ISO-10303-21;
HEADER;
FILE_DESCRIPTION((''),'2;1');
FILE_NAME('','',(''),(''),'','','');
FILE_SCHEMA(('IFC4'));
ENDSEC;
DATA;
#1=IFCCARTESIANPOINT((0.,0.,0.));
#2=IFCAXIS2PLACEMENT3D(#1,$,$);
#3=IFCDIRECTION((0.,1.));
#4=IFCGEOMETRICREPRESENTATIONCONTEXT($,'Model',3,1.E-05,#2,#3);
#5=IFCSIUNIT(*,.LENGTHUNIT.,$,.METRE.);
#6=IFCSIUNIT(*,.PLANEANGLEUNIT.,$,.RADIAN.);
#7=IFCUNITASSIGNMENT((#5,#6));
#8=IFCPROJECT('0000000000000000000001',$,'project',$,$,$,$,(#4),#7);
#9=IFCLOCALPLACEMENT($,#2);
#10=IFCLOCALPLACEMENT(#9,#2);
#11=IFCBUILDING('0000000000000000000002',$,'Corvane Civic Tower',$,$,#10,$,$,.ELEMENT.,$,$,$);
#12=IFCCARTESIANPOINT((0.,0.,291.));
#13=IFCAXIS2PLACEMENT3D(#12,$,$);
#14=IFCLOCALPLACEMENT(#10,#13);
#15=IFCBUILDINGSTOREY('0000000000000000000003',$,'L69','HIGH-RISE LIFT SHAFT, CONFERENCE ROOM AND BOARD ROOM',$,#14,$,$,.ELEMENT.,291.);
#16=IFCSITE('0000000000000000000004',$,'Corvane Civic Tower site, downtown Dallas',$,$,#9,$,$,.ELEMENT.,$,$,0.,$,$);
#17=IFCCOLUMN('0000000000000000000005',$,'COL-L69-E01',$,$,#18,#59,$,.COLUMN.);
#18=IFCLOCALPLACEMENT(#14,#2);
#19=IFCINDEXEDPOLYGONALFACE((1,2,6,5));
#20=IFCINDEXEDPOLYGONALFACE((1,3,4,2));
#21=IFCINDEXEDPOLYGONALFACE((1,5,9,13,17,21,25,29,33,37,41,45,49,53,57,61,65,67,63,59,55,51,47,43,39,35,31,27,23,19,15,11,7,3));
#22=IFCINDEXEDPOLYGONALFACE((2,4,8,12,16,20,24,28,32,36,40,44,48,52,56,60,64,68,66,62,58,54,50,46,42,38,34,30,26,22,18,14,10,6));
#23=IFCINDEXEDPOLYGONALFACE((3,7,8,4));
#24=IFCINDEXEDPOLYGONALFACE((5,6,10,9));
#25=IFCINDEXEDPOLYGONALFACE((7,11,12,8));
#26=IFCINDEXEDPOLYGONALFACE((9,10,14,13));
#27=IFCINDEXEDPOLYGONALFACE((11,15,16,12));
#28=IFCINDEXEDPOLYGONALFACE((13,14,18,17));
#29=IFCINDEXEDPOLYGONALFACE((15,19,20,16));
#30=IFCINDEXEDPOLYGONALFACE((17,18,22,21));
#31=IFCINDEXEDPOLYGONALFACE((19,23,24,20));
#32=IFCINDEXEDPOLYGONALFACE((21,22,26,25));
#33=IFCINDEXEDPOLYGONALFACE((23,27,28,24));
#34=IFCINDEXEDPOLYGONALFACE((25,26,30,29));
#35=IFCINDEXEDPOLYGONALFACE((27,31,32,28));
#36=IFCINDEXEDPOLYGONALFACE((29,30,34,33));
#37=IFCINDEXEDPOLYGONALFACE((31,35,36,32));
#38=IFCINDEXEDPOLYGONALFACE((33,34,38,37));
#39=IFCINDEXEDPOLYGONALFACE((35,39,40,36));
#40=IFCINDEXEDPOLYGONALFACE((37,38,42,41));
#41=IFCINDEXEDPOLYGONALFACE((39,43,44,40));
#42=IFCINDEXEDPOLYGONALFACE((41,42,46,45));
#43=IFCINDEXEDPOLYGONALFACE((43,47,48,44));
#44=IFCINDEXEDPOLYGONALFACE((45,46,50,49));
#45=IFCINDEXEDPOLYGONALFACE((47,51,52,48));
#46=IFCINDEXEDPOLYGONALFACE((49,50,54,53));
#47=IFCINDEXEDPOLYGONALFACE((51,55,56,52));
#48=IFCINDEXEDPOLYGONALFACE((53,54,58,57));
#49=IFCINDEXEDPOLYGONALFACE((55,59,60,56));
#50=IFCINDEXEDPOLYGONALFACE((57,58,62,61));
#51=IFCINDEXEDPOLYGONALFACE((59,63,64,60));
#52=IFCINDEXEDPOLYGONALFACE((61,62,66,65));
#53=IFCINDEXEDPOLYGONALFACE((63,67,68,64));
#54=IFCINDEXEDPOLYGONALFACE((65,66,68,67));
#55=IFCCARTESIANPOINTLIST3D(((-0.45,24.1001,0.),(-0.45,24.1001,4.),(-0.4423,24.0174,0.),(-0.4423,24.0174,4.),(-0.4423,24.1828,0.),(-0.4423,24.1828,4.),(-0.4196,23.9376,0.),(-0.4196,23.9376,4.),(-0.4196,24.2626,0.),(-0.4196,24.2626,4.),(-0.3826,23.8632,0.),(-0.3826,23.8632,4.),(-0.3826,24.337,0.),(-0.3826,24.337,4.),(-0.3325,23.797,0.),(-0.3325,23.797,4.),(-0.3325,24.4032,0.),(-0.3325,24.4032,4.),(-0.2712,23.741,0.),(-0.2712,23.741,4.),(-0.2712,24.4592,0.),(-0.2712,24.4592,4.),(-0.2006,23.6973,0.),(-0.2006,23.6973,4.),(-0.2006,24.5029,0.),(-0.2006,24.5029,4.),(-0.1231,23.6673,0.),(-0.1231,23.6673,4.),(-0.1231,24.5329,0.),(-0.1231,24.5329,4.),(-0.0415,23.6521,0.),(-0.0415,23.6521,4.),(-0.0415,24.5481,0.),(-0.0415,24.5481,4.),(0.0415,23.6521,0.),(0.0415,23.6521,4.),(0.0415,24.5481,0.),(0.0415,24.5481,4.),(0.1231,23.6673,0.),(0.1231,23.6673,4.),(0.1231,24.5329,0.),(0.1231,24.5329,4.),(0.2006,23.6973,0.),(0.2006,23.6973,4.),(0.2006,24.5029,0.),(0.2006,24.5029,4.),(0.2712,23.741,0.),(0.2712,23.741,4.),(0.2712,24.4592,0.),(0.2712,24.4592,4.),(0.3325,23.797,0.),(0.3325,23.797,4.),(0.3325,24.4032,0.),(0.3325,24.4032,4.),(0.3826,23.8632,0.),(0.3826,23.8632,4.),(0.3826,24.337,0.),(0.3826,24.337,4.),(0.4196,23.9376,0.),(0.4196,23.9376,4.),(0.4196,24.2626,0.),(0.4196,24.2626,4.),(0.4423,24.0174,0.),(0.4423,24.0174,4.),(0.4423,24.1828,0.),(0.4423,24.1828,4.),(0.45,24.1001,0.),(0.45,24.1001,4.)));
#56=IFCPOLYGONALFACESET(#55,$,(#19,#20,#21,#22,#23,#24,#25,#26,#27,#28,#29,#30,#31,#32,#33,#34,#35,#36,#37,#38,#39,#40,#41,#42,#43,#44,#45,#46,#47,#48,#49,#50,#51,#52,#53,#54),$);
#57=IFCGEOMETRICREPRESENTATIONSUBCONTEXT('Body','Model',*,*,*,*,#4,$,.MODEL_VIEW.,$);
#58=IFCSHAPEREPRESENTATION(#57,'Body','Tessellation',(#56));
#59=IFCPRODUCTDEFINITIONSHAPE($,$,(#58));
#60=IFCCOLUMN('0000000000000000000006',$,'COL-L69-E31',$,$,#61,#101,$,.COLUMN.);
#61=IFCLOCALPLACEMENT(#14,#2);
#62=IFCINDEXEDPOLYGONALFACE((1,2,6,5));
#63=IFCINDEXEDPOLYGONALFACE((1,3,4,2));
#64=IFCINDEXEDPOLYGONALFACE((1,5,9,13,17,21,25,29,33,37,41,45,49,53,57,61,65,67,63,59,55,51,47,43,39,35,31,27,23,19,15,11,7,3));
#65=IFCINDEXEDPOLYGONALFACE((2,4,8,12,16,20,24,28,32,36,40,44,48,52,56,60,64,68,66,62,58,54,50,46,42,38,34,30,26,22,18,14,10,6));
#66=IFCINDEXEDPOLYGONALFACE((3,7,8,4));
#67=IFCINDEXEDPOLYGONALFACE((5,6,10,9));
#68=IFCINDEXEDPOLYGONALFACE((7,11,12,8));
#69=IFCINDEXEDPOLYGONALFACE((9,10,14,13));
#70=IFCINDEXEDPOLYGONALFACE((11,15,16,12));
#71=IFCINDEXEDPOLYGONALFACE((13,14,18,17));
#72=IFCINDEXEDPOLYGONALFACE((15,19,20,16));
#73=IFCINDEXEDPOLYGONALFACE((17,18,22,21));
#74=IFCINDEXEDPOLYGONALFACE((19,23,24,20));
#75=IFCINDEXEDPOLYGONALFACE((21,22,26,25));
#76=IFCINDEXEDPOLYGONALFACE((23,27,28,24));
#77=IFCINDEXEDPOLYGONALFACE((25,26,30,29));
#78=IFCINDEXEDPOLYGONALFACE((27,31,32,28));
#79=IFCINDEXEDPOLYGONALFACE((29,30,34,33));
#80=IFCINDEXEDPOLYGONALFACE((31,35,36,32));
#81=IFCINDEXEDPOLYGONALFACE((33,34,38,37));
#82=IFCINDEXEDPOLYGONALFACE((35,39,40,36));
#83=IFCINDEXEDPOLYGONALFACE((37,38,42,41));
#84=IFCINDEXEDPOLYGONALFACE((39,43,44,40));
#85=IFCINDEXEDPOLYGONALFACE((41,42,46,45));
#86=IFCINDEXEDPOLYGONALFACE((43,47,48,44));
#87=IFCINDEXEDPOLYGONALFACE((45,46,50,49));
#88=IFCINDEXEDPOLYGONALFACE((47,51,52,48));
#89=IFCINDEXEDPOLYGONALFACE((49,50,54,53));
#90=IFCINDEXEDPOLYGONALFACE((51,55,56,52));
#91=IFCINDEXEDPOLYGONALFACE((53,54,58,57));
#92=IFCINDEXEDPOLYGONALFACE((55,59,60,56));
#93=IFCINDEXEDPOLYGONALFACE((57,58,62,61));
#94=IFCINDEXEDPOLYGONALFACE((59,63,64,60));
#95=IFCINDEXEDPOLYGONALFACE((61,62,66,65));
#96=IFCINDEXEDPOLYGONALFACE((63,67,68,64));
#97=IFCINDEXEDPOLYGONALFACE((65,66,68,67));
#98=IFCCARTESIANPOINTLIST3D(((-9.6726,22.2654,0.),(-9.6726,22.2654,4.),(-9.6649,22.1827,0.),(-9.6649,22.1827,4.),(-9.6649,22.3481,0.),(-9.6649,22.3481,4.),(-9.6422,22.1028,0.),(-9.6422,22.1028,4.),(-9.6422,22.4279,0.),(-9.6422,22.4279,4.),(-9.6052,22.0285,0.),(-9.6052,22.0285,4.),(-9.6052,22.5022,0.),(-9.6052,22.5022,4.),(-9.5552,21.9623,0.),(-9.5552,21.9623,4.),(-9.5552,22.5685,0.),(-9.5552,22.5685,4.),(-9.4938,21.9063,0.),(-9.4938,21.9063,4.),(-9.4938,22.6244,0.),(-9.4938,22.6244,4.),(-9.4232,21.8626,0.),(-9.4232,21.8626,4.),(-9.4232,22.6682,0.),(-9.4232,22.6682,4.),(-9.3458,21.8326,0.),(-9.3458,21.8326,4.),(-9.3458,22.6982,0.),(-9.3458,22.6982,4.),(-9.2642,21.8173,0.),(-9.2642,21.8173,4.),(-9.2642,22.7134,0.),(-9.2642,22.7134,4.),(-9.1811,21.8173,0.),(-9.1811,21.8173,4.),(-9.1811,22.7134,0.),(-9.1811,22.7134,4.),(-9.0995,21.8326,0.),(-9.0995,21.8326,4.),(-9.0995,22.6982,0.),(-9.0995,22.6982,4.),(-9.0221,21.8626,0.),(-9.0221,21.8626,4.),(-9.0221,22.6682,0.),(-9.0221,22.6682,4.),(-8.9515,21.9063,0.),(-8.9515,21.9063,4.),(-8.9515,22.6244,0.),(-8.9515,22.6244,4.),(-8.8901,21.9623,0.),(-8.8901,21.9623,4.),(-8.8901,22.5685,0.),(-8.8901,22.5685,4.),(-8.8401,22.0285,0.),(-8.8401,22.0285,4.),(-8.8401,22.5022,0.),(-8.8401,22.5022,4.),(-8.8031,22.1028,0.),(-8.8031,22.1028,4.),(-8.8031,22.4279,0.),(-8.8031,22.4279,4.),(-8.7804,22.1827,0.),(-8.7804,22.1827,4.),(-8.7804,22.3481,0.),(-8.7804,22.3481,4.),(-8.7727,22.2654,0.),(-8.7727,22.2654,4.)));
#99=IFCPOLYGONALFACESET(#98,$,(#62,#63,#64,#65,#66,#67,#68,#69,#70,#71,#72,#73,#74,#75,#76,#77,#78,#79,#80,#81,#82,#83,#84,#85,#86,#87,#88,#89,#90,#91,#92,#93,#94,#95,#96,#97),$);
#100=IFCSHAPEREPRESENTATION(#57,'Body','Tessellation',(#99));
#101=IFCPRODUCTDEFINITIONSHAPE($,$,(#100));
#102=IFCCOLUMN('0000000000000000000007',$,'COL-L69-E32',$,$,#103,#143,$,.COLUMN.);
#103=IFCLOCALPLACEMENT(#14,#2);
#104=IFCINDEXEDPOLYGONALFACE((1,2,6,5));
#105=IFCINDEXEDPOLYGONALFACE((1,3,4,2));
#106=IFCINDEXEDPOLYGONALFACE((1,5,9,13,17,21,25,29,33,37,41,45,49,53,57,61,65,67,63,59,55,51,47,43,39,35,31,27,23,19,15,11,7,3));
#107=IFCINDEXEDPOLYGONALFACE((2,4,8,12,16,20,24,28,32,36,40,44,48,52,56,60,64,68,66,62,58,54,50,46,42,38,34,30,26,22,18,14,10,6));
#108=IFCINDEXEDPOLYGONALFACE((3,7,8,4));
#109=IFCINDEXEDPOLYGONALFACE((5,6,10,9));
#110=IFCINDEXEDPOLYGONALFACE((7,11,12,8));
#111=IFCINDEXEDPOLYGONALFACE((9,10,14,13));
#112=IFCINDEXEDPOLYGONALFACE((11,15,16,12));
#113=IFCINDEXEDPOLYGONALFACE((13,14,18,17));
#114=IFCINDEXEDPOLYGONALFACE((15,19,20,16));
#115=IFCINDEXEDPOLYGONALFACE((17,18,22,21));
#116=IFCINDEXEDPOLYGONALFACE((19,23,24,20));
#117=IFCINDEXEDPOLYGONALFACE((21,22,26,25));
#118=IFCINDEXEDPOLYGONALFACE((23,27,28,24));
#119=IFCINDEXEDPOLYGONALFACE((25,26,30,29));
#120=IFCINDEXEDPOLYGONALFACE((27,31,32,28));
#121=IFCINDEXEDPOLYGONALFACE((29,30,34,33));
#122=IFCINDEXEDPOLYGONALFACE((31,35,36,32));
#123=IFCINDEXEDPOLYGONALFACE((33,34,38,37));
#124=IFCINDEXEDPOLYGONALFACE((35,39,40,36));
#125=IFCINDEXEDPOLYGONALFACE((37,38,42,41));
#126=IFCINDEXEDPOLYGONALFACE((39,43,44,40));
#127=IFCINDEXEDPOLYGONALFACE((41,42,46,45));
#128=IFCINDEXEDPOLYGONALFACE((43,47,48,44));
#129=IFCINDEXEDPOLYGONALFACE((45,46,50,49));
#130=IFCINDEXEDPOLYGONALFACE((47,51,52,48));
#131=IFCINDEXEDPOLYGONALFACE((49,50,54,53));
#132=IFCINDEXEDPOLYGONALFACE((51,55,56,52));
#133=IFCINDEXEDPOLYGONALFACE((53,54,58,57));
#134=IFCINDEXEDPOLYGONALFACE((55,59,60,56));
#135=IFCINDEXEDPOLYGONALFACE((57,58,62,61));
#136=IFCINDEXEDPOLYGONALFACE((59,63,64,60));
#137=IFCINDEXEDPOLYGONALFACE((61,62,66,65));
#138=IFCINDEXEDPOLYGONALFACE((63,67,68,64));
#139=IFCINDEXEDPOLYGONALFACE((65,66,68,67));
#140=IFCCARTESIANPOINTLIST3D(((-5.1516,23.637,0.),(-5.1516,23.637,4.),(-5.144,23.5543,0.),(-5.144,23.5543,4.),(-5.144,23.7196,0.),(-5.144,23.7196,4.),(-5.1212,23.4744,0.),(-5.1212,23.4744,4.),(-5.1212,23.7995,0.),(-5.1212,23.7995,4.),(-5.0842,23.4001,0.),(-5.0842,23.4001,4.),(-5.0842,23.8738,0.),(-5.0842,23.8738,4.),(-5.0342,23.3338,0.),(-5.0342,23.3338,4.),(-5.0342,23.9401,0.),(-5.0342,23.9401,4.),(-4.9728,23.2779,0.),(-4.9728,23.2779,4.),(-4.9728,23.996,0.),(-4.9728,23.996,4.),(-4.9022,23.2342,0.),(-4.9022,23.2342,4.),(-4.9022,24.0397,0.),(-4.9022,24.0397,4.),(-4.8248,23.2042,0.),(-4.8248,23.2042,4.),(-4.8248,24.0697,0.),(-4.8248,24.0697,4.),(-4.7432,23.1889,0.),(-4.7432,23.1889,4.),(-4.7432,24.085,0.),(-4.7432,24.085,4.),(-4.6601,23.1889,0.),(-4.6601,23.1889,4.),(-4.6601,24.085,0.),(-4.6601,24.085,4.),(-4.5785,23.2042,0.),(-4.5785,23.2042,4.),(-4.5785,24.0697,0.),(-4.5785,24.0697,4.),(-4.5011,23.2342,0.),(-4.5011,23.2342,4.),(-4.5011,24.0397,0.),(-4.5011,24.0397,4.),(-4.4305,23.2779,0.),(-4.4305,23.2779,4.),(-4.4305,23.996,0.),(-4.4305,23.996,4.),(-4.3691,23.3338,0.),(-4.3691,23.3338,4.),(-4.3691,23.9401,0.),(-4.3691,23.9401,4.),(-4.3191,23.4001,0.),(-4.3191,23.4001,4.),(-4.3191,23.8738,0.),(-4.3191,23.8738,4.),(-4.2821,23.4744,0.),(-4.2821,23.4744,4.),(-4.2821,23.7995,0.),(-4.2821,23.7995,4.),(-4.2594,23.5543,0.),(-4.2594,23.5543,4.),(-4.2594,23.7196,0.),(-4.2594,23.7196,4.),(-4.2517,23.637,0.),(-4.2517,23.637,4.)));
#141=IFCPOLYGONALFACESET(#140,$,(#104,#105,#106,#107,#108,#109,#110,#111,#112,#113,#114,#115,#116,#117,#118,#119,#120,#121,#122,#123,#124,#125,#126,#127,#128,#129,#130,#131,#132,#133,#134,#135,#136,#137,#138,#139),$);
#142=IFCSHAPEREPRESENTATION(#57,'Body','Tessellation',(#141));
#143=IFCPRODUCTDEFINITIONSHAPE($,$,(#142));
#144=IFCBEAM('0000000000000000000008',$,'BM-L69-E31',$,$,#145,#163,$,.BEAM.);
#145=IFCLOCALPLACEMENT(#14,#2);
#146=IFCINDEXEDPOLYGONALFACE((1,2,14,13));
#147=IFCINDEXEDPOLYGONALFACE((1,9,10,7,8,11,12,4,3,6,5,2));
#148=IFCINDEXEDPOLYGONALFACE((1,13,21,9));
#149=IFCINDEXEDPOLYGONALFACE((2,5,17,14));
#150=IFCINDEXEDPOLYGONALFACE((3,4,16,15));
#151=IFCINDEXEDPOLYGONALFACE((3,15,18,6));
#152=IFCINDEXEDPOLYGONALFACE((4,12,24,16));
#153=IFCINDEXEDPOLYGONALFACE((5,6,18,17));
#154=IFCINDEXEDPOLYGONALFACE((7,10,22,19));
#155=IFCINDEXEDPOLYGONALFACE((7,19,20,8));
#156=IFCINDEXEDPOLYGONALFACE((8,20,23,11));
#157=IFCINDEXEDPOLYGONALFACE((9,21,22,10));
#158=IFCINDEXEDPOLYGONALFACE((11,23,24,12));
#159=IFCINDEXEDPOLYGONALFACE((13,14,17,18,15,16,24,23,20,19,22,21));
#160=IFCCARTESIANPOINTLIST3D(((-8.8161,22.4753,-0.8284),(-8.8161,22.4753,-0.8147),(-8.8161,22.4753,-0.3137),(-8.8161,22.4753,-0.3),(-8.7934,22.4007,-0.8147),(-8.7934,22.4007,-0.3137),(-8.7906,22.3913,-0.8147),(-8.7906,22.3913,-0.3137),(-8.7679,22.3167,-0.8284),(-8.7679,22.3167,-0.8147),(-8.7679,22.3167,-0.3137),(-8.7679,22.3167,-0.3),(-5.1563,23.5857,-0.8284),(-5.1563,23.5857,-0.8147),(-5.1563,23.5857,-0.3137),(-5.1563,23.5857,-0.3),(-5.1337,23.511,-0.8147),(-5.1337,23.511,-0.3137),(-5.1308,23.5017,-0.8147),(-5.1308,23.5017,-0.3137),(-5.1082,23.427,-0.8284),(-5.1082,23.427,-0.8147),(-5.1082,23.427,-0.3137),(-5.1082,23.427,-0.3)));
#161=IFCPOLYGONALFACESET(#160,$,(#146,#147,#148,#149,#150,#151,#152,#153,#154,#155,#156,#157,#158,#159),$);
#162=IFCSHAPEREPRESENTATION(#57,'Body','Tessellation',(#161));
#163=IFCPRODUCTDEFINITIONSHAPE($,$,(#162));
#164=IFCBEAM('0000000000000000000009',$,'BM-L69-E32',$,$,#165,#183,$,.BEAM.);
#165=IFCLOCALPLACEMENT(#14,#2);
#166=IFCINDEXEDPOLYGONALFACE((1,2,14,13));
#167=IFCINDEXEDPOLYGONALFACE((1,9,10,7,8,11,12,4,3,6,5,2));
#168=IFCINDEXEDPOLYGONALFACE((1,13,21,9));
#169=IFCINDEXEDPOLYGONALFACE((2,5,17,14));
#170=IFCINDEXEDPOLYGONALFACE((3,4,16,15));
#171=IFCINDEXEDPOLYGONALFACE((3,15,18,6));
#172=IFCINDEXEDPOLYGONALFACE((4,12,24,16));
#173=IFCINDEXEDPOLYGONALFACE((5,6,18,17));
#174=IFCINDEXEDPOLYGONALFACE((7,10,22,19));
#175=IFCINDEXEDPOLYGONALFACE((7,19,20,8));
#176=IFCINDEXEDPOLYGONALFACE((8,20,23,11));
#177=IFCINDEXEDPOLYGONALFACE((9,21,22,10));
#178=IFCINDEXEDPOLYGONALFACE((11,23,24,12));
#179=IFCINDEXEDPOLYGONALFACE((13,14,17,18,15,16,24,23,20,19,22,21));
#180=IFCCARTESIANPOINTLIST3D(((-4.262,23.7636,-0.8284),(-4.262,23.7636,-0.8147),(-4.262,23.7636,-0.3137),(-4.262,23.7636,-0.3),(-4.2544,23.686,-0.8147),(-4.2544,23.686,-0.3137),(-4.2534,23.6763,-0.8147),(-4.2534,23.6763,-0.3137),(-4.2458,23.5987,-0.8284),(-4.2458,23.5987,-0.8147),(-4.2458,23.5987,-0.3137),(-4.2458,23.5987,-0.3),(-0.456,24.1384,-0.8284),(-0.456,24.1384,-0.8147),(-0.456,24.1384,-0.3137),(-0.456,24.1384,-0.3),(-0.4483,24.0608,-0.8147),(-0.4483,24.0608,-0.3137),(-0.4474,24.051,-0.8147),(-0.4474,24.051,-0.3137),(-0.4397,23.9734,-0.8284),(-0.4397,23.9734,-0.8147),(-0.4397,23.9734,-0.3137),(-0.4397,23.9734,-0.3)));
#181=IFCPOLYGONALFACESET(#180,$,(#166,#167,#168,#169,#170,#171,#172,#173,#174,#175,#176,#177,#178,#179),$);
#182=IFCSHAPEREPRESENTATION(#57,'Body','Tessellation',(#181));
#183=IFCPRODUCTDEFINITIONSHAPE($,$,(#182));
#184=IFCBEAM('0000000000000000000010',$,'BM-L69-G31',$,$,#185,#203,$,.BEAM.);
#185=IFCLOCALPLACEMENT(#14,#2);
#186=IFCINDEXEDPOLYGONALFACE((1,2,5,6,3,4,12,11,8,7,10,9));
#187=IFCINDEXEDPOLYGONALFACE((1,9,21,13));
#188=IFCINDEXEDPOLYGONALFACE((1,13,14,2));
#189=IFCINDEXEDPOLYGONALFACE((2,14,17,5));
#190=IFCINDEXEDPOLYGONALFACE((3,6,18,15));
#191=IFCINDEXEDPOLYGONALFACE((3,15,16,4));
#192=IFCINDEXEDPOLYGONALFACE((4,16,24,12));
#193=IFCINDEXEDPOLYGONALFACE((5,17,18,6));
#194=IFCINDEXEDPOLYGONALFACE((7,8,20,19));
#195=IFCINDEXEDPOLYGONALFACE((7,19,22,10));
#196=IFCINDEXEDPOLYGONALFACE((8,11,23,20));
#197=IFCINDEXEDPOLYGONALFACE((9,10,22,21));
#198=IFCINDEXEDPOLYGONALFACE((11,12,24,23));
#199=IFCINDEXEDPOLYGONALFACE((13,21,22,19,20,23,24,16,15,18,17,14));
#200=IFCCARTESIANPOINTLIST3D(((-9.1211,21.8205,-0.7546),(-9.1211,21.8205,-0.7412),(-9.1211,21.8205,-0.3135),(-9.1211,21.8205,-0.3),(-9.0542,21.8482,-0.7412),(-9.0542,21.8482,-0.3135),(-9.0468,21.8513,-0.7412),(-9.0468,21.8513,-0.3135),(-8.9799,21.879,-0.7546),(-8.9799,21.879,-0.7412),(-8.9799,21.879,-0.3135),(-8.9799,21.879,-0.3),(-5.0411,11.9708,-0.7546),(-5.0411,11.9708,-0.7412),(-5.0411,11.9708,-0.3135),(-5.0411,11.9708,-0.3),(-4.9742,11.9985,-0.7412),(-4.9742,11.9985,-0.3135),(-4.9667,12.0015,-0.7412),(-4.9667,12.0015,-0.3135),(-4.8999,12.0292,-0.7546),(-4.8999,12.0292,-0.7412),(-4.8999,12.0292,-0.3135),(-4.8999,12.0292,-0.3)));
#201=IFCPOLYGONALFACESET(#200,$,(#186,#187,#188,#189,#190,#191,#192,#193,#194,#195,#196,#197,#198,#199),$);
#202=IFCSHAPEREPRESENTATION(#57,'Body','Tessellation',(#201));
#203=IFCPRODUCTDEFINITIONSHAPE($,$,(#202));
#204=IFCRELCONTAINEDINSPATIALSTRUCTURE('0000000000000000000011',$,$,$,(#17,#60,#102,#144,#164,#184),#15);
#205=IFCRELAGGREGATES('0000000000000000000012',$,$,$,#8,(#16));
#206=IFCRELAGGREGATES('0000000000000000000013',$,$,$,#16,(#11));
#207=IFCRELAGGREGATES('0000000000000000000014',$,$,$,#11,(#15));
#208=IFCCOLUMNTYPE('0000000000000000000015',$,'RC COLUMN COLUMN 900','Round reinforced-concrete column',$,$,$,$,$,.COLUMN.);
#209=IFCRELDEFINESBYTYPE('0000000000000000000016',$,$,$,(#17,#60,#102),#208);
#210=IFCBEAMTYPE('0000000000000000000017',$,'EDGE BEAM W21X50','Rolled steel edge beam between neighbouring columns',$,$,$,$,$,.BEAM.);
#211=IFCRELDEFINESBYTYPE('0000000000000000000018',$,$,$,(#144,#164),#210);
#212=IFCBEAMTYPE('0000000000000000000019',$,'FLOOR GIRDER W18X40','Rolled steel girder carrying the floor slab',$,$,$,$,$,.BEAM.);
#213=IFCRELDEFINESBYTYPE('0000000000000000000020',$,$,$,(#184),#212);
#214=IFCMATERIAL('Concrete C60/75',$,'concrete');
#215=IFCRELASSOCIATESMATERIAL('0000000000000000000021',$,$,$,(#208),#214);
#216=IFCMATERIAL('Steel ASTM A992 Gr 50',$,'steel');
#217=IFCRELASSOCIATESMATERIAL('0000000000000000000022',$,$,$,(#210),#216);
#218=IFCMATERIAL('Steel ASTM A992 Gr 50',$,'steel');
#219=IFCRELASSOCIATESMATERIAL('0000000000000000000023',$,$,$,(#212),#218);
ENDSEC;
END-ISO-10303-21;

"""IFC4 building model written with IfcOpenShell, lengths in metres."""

from ifc_helpers import new_model, si_unit, direction, frame, origin, origin_2d, place, context, subcontext, project, spatial, circle, i_section, extrude, material, material_profile, profile_set, type_object, element, save


model = new_model("IFC4")

# Units and contexts
model_context = context("Model", 3, precision=1e-05, world=origin(), true_north=direction((0.0, 1.0)))
body_context = subcontext(model_context, "Body", "Model", "MODEL_VIEW")
ifc_project = project(units=[si_unit("LENGTHUNIT", "METRE"), si_unit("PLANEANGLEUNIT", "RADIAN")], contexts=[model_context])

# Site, building, storey
site_placement = place(None, origin())
site = spatial("IfcSite", under=ifc_project, at=site_placement, Name="Corvane Civic Tower site, downtown Dallas", CompositionType="ELEMENT", RefElevation=0.0)
building_placement = place(site_placement, origin())
building = spatial("IfcBuilding", under=site, at=building_placement, Name="Corvane Civic Tower", CompositionType="ELEMENT")
storey_placement = place(building_placement, frame((0.0, 0.0, 291.0)))
storey = spatial("IfcBuildingStorey", under=building, at=storey_placement, Name="L69", Description="HIGH-RISE LIFT SHAFT, CONFERENCE ROOM AND BOARD ROOM", CompositionType="ELEMENT", Elevation=291.0)

# Columns
ifc_material_1 = material(Name="Concrete C60/75", Category="concrete")
ifc_material_profile_1 = material_profile(ifc_material_1, circle(Radius=0.45, at=origin_2d()), Name="COLUMN 900")
ifc_profile_set_1 = profile_set([ifc_material_profile_1], Name="Concrete C60/75")
column_type = type_object("IfcColumnType", Name="RC COLUMN COLUMN 900", Description="Round reinforced-concrete column", PredefinedType="COLUMN", material=ifc_profile_set_1)
for number, where, z_axis, x_axis, name in (
    (1, (0.0, 24.1001, 0.0), (0.0, 0.0, 1.0), (1.0, 0.0, 0.0), "COL-L69-E01"),
    (2, (-9.2227, 22.2654, 0.0), (0.0, 0.0, 1.0), (1.0, 0.0, 0.0), "COL-L69-E31"),
    (3, (-4.7017, 23.637, 0.0), (0.0, 0.0, 1.0), (1.0, 0.0, 0.0), "COL-L69-E32"),
):
    element("IfcColumn", number, at=place(storey_placement, frame(where, z_axis=z_axis, x_axis=x_axis)), inside=storey, type_object=column_type, Name=name, PredefinedType="COLUMN", context=body_context, shape_type="SweptSolid", body=[
        extrude(circle(Radius=0.45, at=origin_2d()), origin(), (0.0, 0.0, 1.0), 4.0),
    ])

# Beams
ifc_material_2 = material(Name="Steel ASTM A992 Gr 50", Category="steel")
ifc_material_profile_2 = material_profile(ifc_material_2, i_section(OverallWidth=0.1658, OverallDepth=0.5283, WebThickness=0.0098, FlangeThickness=0.0137, at=origin_2d()), Name="W21X50")
ifc_profile_set_2 = profile_set([ifc_material_profile_2], Name="Steel ASTM A992 Gr 50")
beam_type_1 = type_object("IfcBeamType", Name="EDGE BEAM W21X50", Description="Rolled steel edge beam between neighbouring columns", PredefinedType="BEAM", material=ifc_profile_set_2)
for number, where, z_axis, x_axis, name in (
    (4, (-8.792, 22.396, -0.5642), (0.956926, 0.290333, 0.0), (-0.290333, 0.956926, 0.0), "BM-L69-E31"),
    (5, (-4.2539, 23.6812, -0.5642), (0.995188, 0.097987, 0.0), (-0.097987, 0.995188, 0.0), "BM-L69-E32"),
):
    element("IfcBeam", number, at=place(storey_placement, frame(where, z_axis=z_axis, x_axis=x_axis)), inside=storey, type_object=beam_type_1, Name=name, PredefinedType="BEAM", context=body_context, shape_type="SweptSolid", body=[
        extrude(i_section(OverallWidth=0.1658, OverallDepth=0.5283, WebThickness=0.0098, FlangeThickness=0.0137, at=origin_2d()), origin(), (0.0, 0.0, 1.0), 3.8245),
    ])
ifc_material_3 = material(Name="Steel ASTM A992 Gr 50", Category="steel")
ifc_material_profile_3 = material_profile(ifc_material_3, i_section(OverallWidth=0.1528, OverallDepth=0.4546, WebThickness=0.0081, FlangeThickness=0.0134, at=origin_2d()), Name="W18X40")
ifc_profile_set_3 = profile_set([ifc_material_profile_3], Name="Steel ASTM A992 Gr 50")
beam_type_2 = type_object("IfcBeamType", Name="FLOOR GIRDER W18X40", Description="Rolled steel girder carrying the floor slab", PredefinedType="BEAM", material=ifc_profile_set_3)
beam_1_placement = place(storey_placement, frame((-4.9705, 12.0, -0.5273), z_axis=(-0.382694, 0.923875, 0.0), x_axis=(-0.923875, -0.382694, 0.0)))
element("IfcBeam", 6, at=beam_1_placement, inside=storey, type_object=beam_type_2, Name="BM-L69-G31", PredefinedType="BEAM", context=body_context, shape_type="SweptSolid", body=[
    extrude(i_section(OverallWidth=0.1528, OverallDepth=0.4546, WebThickness=0.0081, FlangeThickness=0.0134, at=origin_2d()), origin(), (0.0, 0.0, 1.0), 10.6614),
])

save(model, "model.ifc")
